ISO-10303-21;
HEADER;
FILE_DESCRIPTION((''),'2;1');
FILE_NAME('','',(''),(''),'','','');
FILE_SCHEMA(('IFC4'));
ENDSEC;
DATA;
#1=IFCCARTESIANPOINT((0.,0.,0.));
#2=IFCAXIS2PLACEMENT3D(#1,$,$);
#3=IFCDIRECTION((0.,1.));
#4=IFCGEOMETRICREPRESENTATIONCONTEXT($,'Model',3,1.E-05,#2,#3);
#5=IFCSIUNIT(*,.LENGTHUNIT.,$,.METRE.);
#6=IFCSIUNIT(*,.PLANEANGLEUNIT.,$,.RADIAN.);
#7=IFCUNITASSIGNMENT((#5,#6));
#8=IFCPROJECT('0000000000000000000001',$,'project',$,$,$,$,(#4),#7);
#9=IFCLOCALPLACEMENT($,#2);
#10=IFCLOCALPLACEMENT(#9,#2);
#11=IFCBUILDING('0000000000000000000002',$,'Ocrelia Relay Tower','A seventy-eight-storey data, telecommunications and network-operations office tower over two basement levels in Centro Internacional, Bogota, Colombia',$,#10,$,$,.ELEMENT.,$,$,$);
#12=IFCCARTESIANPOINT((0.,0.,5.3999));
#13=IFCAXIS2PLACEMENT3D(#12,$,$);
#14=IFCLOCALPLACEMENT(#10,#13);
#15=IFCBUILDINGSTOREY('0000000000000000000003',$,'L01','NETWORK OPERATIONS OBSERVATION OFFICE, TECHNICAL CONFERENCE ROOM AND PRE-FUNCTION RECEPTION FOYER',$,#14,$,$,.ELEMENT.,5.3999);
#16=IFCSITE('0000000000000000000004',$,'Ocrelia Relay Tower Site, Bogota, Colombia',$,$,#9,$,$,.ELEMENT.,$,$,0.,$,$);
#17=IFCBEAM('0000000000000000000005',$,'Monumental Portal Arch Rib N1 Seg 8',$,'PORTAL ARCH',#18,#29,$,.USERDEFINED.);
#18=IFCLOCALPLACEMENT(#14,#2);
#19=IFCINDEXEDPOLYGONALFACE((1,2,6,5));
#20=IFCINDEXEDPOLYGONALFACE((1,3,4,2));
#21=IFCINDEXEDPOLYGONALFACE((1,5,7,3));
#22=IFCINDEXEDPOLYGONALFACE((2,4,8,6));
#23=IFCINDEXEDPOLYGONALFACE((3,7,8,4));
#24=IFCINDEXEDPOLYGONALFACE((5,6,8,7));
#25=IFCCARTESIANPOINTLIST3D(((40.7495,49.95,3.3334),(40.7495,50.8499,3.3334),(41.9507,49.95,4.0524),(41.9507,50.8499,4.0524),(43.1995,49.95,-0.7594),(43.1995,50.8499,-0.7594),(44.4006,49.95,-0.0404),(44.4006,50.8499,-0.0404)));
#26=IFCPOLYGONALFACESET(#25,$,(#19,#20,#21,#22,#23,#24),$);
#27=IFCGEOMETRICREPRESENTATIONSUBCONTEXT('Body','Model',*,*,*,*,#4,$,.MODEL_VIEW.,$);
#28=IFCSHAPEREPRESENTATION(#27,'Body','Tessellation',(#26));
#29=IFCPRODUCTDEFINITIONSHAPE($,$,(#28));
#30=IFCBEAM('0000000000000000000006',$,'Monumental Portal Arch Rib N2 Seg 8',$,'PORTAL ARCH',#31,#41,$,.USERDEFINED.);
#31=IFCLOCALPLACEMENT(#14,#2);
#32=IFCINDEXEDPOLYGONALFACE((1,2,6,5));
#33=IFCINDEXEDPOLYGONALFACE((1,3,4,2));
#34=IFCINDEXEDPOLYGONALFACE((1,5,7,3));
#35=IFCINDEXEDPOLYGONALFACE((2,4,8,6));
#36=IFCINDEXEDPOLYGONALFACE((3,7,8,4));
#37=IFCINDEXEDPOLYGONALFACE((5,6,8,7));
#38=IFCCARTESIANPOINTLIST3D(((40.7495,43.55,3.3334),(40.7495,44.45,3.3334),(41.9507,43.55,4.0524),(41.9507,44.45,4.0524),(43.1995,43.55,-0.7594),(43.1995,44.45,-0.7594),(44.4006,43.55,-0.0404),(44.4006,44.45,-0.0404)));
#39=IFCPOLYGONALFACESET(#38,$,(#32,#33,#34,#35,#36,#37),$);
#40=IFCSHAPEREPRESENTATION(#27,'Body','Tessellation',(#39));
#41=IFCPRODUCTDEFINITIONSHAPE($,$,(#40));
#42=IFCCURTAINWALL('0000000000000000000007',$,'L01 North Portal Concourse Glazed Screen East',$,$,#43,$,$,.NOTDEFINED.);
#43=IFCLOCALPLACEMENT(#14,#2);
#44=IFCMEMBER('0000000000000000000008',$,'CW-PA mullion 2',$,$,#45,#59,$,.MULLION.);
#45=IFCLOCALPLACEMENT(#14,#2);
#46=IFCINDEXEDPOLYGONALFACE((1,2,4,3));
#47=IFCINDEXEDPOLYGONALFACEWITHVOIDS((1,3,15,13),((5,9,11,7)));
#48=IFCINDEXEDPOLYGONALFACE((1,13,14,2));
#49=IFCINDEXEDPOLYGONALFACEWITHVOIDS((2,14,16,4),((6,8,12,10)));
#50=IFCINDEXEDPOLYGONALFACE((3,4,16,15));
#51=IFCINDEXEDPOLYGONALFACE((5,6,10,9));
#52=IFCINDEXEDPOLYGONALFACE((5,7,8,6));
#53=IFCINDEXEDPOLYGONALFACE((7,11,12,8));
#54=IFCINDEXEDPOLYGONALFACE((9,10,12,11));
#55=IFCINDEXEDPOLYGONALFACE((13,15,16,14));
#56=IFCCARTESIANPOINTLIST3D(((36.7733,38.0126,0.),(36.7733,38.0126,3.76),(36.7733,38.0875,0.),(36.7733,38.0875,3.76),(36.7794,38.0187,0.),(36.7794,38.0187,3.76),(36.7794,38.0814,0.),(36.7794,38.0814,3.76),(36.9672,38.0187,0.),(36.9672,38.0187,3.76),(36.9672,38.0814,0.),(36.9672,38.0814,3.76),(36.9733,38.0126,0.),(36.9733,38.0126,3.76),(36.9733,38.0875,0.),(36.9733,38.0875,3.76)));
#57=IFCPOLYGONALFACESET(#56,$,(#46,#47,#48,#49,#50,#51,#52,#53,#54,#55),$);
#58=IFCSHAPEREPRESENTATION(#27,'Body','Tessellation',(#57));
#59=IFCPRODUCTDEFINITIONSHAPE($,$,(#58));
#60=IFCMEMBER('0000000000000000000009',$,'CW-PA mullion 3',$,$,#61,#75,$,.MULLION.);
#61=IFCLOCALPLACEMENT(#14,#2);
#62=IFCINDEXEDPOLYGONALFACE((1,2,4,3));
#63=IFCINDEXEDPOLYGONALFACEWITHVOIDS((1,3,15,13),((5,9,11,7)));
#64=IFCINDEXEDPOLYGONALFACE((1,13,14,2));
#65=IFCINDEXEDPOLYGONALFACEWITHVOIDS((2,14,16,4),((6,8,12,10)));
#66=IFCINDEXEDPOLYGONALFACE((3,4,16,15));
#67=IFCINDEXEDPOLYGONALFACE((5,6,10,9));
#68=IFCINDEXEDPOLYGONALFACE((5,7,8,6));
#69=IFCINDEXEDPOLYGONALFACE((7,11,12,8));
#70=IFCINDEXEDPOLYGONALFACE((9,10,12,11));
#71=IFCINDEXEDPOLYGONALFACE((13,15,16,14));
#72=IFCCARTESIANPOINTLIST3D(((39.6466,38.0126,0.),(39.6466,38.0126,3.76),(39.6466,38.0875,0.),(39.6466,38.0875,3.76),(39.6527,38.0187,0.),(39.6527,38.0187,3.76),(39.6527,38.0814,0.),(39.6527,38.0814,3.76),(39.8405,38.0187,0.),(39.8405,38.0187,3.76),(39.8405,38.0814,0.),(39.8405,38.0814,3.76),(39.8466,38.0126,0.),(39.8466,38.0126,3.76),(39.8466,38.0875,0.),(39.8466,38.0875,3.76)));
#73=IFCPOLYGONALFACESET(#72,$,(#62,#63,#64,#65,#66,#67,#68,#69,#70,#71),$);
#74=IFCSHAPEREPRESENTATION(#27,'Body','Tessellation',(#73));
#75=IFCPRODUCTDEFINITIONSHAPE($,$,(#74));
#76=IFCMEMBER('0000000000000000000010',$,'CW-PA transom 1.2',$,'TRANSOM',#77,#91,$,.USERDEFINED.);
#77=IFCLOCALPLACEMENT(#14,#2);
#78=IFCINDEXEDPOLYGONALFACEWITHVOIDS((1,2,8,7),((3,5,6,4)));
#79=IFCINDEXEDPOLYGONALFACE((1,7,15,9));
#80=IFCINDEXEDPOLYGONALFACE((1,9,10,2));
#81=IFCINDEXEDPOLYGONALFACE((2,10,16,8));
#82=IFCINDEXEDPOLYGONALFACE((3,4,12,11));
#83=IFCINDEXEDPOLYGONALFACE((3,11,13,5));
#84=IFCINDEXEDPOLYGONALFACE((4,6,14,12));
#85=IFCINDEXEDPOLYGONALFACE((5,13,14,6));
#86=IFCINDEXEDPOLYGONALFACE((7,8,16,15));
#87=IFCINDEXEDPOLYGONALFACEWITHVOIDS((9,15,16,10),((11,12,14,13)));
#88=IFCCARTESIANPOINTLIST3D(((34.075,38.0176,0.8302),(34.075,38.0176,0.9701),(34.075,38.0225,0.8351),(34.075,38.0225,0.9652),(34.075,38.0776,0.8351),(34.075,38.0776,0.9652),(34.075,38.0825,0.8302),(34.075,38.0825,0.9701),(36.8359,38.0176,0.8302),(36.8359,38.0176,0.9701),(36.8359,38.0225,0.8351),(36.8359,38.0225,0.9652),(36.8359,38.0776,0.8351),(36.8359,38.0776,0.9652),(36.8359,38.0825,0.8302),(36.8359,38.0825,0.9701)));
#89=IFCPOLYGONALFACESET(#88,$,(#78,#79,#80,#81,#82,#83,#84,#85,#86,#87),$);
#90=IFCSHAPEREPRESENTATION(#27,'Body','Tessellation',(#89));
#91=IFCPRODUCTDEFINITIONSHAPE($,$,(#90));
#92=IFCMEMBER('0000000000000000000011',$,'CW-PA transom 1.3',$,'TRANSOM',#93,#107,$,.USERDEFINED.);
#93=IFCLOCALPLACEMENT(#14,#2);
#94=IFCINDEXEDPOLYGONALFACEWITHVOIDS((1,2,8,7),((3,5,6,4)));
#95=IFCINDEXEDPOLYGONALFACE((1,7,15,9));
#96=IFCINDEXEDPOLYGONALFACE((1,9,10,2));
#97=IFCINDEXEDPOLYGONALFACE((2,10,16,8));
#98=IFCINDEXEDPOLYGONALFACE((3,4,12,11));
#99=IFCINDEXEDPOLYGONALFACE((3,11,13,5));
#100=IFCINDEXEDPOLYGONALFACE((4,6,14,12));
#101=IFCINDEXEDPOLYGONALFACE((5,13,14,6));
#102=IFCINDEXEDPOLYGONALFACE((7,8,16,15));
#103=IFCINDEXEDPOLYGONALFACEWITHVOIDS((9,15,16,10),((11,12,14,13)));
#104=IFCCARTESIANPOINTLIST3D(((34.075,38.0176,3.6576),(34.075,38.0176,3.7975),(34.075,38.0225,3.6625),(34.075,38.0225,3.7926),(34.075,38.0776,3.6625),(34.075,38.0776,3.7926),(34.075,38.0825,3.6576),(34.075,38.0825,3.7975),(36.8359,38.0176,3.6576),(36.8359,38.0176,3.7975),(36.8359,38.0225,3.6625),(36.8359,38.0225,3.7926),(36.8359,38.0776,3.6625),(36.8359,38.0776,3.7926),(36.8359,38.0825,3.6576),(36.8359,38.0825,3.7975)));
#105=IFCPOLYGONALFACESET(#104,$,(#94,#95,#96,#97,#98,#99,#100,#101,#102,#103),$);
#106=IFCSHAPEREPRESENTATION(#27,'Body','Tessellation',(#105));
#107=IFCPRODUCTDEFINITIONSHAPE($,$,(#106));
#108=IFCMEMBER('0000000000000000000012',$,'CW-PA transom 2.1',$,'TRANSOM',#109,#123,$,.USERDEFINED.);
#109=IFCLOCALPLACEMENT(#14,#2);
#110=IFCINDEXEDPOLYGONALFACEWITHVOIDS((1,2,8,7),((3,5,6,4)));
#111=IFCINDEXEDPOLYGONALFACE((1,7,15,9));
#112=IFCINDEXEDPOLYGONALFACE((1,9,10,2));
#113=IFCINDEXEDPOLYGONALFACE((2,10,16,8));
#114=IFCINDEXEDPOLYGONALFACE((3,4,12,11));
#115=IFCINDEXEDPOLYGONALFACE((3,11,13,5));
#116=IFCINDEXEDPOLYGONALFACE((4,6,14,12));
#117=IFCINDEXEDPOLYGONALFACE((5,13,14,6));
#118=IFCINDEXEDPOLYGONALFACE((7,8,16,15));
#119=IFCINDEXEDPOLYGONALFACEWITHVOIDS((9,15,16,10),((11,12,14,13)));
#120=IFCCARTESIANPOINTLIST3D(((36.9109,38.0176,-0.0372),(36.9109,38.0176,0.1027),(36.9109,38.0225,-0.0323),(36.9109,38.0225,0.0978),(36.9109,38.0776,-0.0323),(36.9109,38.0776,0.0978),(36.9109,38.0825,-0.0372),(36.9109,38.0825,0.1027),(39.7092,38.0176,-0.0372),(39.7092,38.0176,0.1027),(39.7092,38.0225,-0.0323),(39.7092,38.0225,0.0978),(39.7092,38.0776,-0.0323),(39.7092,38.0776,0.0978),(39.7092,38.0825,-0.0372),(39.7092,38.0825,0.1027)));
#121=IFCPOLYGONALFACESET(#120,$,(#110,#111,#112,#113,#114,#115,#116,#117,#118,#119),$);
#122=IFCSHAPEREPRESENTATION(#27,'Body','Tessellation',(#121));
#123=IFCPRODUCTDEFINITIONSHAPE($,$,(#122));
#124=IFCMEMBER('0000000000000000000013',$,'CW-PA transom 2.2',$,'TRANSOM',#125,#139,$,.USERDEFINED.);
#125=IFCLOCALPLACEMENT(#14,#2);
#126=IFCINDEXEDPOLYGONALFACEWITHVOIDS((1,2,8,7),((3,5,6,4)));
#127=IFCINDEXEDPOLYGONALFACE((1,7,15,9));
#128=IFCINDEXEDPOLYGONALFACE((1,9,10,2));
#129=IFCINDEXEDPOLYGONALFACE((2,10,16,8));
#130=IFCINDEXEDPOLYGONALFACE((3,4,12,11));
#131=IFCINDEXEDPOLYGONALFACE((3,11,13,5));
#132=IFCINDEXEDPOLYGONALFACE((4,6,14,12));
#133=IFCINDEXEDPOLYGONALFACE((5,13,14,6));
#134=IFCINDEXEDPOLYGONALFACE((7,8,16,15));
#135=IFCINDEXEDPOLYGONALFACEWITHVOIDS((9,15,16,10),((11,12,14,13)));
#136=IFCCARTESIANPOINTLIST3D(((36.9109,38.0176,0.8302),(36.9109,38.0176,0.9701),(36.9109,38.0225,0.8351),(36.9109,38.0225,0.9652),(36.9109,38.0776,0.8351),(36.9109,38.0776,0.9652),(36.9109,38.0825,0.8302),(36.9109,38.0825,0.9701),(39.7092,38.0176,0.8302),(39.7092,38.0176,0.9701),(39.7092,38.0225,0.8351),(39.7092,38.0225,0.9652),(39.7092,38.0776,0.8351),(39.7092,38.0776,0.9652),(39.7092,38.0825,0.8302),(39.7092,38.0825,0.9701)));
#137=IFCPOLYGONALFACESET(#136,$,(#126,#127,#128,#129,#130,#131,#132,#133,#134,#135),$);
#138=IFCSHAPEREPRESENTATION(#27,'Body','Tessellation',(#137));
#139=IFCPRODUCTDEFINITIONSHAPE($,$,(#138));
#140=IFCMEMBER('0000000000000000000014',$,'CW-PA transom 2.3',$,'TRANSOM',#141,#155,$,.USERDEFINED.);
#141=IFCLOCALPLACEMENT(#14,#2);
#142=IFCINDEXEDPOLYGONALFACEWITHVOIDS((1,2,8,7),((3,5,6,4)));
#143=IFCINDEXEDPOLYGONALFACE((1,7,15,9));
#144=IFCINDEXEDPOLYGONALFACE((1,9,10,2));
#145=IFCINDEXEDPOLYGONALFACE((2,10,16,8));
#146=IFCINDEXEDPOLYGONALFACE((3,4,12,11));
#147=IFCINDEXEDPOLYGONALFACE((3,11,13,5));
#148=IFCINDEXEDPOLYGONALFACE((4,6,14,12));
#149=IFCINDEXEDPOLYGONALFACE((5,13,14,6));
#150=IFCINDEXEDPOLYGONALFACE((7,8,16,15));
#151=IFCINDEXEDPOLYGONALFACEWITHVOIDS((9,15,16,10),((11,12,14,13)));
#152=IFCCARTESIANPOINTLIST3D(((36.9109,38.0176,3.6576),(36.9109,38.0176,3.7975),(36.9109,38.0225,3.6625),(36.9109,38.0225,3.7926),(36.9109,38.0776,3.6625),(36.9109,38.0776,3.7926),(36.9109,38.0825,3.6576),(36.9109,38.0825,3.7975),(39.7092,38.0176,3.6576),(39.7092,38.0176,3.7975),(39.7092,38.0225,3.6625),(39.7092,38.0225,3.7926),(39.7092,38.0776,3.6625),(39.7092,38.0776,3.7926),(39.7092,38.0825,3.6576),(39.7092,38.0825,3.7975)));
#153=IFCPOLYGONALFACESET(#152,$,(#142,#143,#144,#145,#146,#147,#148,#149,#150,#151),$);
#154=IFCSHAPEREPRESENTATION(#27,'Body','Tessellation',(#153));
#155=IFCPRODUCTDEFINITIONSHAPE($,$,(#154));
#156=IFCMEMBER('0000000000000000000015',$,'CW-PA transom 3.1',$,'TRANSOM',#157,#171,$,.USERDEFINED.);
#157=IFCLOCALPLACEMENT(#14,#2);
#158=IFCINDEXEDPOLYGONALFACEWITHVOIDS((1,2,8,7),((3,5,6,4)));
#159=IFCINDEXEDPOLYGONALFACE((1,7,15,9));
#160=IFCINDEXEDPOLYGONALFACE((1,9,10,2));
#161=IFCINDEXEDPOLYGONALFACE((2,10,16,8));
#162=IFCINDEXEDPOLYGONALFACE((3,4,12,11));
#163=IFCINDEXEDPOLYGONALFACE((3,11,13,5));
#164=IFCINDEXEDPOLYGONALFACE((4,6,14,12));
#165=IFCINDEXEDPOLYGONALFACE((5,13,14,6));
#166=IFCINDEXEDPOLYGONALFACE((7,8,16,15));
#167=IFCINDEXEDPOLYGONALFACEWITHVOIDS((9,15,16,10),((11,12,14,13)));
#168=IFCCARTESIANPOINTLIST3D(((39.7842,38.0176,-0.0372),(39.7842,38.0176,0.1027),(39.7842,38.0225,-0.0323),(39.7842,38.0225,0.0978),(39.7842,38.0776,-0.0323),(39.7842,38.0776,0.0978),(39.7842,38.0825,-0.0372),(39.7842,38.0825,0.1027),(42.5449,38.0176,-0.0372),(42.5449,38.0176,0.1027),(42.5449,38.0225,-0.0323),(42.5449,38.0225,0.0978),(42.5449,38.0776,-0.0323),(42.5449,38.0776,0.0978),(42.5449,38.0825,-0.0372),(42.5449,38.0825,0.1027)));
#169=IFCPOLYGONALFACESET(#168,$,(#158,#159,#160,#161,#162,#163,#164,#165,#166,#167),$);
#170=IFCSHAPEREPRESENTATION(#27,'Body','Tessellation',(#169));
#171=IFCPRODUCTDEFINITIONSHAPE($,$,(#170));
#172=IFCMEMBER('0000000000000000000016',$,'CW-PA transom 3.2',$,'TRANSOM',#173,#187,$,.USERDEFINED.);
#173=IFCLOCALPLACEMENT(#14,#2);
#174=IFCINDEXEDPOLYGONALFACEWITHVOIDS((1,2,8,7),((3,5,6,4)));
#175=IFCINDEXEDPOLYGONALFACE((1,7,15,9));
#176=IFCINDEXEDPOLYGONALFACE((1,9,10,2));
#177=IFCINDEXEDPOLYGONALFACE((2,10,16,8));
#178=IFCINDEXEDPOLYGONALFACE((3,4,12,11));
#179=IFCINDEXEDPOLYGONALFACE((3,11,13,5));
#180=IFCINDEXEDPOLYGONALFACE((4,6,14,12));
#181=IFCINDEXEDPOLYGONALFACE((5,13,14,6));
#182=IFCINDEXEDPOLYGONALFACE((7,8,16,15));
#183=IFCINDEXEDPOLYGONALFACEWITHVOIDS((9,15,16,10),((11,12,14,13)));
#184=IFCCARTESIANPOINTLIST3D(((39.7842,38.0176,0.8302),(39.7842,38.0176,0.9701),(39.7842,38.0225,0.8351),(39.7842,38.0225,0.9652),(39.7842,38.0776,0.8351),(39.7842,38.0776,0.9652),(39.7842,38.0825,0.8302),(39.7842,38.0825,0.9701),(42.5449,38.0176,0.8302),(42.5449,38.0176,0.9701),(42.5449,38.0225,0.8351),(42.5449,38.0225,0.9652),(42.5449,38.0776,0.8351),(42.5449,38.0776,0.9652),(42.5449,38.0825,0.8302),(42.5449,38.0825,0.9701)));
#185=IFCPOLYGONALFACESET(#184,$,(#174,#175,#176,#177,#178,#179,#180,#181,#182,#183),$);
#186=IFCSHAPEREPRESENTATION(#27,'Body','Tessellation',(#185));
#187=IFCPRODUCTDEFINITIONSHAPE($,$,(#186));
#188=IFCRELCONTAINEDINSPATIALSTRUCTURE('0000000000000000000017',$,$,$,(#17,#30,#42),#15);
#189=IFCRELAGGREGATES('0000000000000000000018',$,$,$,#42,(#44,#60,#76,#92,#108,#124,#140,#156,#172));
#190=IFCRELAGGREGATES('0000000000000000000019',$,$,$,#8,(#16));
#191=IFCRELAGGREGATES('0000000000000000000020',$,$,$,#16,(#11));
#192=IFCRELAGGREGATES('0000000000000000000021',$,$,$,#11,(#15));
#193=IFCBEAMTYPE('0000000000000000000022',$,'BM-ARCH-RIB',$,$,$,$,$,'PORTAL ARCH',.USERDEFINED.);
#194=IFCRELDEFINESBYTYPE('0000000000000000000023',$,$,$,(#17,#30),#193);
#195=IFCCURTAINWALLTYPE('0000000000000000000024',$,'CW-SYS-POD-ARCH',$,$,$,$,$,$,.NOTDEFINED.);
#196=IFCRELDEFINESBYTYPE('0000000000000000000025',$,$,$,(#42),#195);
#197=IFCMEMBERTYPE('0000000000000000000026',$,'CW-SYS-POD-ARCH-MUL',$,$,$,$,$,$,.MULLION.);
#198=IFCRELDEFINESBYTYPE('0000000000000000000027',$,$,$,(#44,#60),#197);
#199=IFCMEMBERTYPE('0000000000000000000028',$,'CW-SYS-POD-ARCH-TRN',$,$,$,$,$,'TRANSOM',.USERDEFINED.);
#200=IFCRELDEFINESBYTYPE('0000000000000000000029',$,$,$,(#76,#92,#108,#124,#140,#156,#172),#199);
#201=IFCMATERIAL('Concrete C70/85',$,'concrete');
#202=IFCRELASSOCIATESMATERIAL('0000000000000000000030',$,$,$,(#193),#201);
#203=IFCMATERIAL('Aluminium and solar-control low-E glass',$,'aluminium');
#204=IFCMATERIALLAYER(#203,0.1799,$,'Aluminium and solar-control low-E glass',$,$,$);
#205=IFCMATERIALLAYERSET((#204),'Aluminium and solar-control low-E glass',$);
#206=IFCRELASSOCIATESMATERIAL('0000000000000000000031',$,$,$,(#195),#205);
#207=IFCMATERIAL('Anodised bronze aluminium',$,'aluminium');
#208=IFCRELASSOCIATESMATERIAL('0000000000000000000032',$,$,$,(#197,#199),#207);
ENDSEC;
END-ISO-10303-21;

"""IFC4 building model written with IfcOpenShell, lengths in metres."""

from ifc_helpers import new_model, si_unit, direction, frame, origin, origin_2d, place, context, subcontext, project, spatial, rectangle, hollow_rectangle, extrude, material, layer, layer_set, material_profile, profile_set, type_object, element, aggregate, save


model = new_model("IFC4")

# Units and contexts
model_context = context("Model", 3, precision=1e-05, world=origin(), true_north=direction((0.0, 1.0)))
body_context = subcontext(model_context, "Body", "Model", "MODEL_VIEW")
ifc_project = project(units=[si_unit("LENGTHUNIT", "METRE"), si_unit("PLANEANGLEUNIT", "RADIAN")], contexts=[model_context])

# Site, building, storey
site_placement = place(None, origin())
site = spatial("IfcSite", under=ifc_project, at=site_placement, Name="Ocrelia Relay Tower Site, Bogota, Colombia", CompositionType="ELEMENT", RefElevation=0.0)
building_placement = place(site_placement, origin())
building = spatial("IfcBuilding", under=site, at=building_placement, Name="Ocrelia Relay Tower", Description="A seventy-eight-storey data, telecommunications and network-operations office tower over two basement levels in Centro Internacional, Bogota, Colombia", CompositionType="ELEMENT")
storey_placement = place(building_placement, frame((0.0, 0.0, 5.3999)))
storey = spatial("IfcBuildingStorey", under=building, at=storey_placement, Name="L01", Description="NETWORK OPERATIONS OBSERVATION OFFICE, TECHNICAL CONFERENCE ROOM AND PRE-FUNCTION RECEPTION FOYER", CompositionType="ELEMENT", Elevation=5.3999)

# Beams
ifc_material_1 = material(Name="Concrete C70/85", Category="concrete")
ifc_material_profile_1 = material_profile(ifc_material_1, rectangle(XDim=0.8999, YDim=1.3999, at=origin_2d()), Name="RC-BM-900x1400")
ifc_profile_set_1 = profile_set([ifc_material_profile_1], Name="Concrete C70/85")
beam_type = type_object("IfcBeamType", Name="BM-ARCH-RIB", ElementType="PORTAL ARCH", PredefinedType="USERDEFINED", material=ifc_profile_set_1)
for number, where, z_axis, x_axis, name in (
    (1, (41.3501, 50.3999, 3.6929), (0.513615, 0.0, -0.858021), (0.0, 1.0, 0.0), "Monumental Portal Arch Rib N1 Seg 8"),
    (2, (41.3501, 44.0, 3.6929), (0.513615, 0.0, -0.858021), (0.0, 1.0, 0.0), "Monumental Portal Arch Rib N2 Seg 8"),
):
    element("IfcBeam", number, at=place(storey_placement, frame(where, z_axis=z_axis, x_axis=x_axis)), inside=storey, type_object=beam_type, Name=name, ObjectType="PORTAL ARCH", PredefinedType="USERDEFINED", context=body_context, shape_type="SweptSolid", body=[
        extrude(rectangle(XDim=0.8999, YDim=1.3999, at=origin_2d()), origin(), (0.0, 0.0, 1.0), 4.77),
    ])

# Curtain wall, members
ifc_material_2 = material(Name="Aluminium and solar-control low-E glass", Category="aluminium")
ifc_layer_1 = layer(ifc_material_2, 0.1799, Name="Aluminium and solar-control low-E glass")
ifc_layer_set_1 = layer_set([ifc_layer_1], Name="Aluminium and solar-control low-E glass")
curtain_wall_type = type_object("IfcCurtainWallType", Name="CW-SYS-POD-ARCH", PredefinedType="NOTDEFINED", material=ifc_layer_set_1)
curtain_wall_placement = place(storey_placement, origin())
curtain_wall = element("IfcCurtainWall", 3, at=curtain_wall_placement, inside=storey, type_object=curtain_wall_type, Name="L01 North Portal Concourse Glazed Screen East", PredefinedType="NOTDEFINED")
ifc_material_3 = material(Name="Anodised bronze aluminium", Category="aluminium")
ifc_material_profile_2 = material_profile(ifc_material_3, hollow_rectangle(XDim=0.075, YDim=0.2, WallThickness=0.0061, at=origin_2d()), Name="CW-MUL-200x75")
ifc_profile_set_2 = profile_set([ifc_material_profile_2], Name="Anodised bronze aluminium")
member_type_1 = type_object("IfcMemberType", Name="CW-SYS-POD-ARCH-MUL", PredefinedType="MULLION", material=ifc_profile_set_2)
member_1_placement = place(storey_placement, frame((36.8733, 38.05, 0.0), z_axis=(0.0, 0.0, 1.0), x_axis=(0.0, 1.0, 0.0)))
member_1 = element("IfcMember", 4, at=member_1_placement, type_object=member_type_1, Name="CW-PA mullion 2", PredefinedType="MULLION", context=body_context, shape_type="SweptSolid", body=[
    extrude(hollow_rectangle(XDim=0.075, YDim=0.2, WallThickness=0.0061, at=origin_2d()), origin(), (0.0, 0.0, 1.0), 3.76),
])
member_2_placement = place(storey_placement, frame((39.7466, 38.05, 0.0), z_axis=(0.0, 0.0, 1.0), x_axis=(0.0, 1.0, 0.0)))
member_2 = element("IfcMember", 5, at=member_2_placement, type_object=member_type_1, Name="CW-PA mullion 3", PredefinedType="MULLION", context=body_context, shape_type="SweptSolid", body=[
    extrude(hollow_rectangle(XDim=0.075, YDim=0.2, WallThickness=0.0061, at=origin_2d()), origin(), (0.0, 0.0, 1.0), 3.76),
])
ifc_material_profile_3 = material_profile(ifc_material_3, hollow_rectangle(XDim=0.0649, YDim=0.1399, WallThickness=0.0049, at=origin_2d()), Name="CW-TRN-140x65")
ifc_profile_set_3 = profile_set([ifc_material_profile_3], Name="Anodised bronze aluminium")
member_type_2 = type_object("IfcMemberType", Name="CW-SYS-POD-ARCH-TRN", ElementType="TRANSOM", PredefinedType="USERDEFINED", material=ifc_profile_set_3)
member_3_placement = place(storey_placement, frame((34.075, 38.05, 0.9001), z_axis=(1.0, 0.0, 0.0), x_axis=(0.0, 1.0, 0.0)))
member_3 = element("IfcMember", 6, at=member_3_placement, type_object=member_type_2, Name="CW-PA transom 1.2", ObjectType="TRANSOM", PredefinedType="USERDEFINED", context=body_context, shape_type="SweptSolid", body=[
    extrude(hollow_rectangle(XDim=0.0649, YDim=0.1399, WallThickness=0.0049, at=origin_2d()), origin(), (0.0, 0.0, 1.0), 2.761),
])
member_4_placement = place(storey_placement, frame((34.075, 38.05, 3.7275), z_axis=(1.0, 0.0, 0.0), x_axis=(0.0, 1.0, 0.0)))
member_4 = element("IfcMember", 7, at=member_4_placement, type_object=member_type_2, Name="CW-PA transom 1.3", ObjectType="TRANSOM", PredefinedType="USERDEFINED", context=body_context, shape_type="SweptSolid", body=[
    extrude(hollow_rectangle(XDim=0.0649, YDim=0.1399, WallThickness=0.0049, at=origin_2d()), origin(), (0.0, 0.0, 1.0), 2.761),
])
member_5_placement = place(storey_placement, frame((36.9109, 38.05, 0.0327), z_axis=(1.0, 0.0, 0.0), x_axis=(0.0, 1.0, 0.0)))
member_5 = element("IfcMember", 8, at=member_5_placement, type_object=member_type_2, Name="CW-PA transom 2.1", ObjectType="TRANSOM", PredefinedType="USERDEFINED", context=body_context, shape_type="SweptSolid", body=[
    extrude(hollow_rectangle(XDim=0.0649, YDim=0.1399, WallThickness=0.0049, at=origin_2d()), origin(), (0.0, 0.0, 1.0), 2.7983),
])
member_6_placement = place(storey_placement, frame((36.9109, 38.05, 0.9001), z_axis=(1.0, 0.0, 0.0), x_axis=(0.0, 1.0, 0.0)))
member_6 = element("IfcMember", 9, at=member_6_placement, type_object=member_type_2, Name="CW-PA transom 2.2", ObjectType="TRANSOM", PredefinedType="USERDEFINED", context=body_context, shape_type="SweptSolid", body=[
    extrude(hollow_rectangle(XDim=0.0649, YDim=0.1399, WallThickness=0.0049, at=origin_2d()), origin(), (0.0, 0.0, 1.0), 2.7983),
])
member_7_placement = place(storey_placement, frame((36.9109, 38.05, 3.7275), z_axis=(1.0, 0.0, 0.0), x_axis=(0.0, 1.0, 0.0)))
member_7 = element("IfcMember", 10, at=member_7_placement, type_object=member_type_2, Name="CW-PA transom 2.3", ObjectType="TRANSOM", PredefinedType="USERDEFINED", context=body_context, shape_type="SweptSolid", body=[
    extrude(hollow_rectangle(XDim=0.0649, YDim=0.1399, WallThickness=0.0049, at=origin_2d()), origin(), (0.0, 0.0, 1.0), 2.7983),
])
member_8_placement = place(storey_placement, frame((39.7842, 38.05, 0.0327), z_axis=(1.0, 0.0, 0.0), x_axis=(0.0, 1.0, 0.0)))
member_8 = element("IfcMember", 11, at=member_8_placement, type_object=member_type_2, Name="CW-PA transom 3.1", ObjectType="TRANSOM", PredefinedType="USERDEFINED", context=body_context, shape_type="SweptSolid", body=[
    extrude(hollow_rectangle(XDim=0.0649, YDim=0.1399, WallThickness=0.0049, at=origin_2d()), origin(), (0.0, 0.0, 1.0), 2.7607),
])
member_9_placement = place(storey_placement, frame((39.7842, 38.05, 0.9001), z_axis=(1.0, 0.0, 0.0), x_axis=(0.0, 1.0, 0.0)))
member_9 = element("IfcMember", 12, at=member_9_placement, type_object=member_type_2, Name="CW-PA transom 3.2", ObjectType="TRANSOM", PredefinedType="USERDEFINED", context=body_context, shape_type="SweptSolid", body=[
    extrude(hollow_rectangle(XDim=0.0649, YDim=0.1399, WallThickness=0.0049, at=origin_2d()), origin(), (0.0, 0.0, 1.0), 2.7607),
])
aggregate(curtain_wall, [member_1, member_2, member_3, member_4, member_5, member_6, member_7, member_8, member_9])

save(model, "model.ifc")
